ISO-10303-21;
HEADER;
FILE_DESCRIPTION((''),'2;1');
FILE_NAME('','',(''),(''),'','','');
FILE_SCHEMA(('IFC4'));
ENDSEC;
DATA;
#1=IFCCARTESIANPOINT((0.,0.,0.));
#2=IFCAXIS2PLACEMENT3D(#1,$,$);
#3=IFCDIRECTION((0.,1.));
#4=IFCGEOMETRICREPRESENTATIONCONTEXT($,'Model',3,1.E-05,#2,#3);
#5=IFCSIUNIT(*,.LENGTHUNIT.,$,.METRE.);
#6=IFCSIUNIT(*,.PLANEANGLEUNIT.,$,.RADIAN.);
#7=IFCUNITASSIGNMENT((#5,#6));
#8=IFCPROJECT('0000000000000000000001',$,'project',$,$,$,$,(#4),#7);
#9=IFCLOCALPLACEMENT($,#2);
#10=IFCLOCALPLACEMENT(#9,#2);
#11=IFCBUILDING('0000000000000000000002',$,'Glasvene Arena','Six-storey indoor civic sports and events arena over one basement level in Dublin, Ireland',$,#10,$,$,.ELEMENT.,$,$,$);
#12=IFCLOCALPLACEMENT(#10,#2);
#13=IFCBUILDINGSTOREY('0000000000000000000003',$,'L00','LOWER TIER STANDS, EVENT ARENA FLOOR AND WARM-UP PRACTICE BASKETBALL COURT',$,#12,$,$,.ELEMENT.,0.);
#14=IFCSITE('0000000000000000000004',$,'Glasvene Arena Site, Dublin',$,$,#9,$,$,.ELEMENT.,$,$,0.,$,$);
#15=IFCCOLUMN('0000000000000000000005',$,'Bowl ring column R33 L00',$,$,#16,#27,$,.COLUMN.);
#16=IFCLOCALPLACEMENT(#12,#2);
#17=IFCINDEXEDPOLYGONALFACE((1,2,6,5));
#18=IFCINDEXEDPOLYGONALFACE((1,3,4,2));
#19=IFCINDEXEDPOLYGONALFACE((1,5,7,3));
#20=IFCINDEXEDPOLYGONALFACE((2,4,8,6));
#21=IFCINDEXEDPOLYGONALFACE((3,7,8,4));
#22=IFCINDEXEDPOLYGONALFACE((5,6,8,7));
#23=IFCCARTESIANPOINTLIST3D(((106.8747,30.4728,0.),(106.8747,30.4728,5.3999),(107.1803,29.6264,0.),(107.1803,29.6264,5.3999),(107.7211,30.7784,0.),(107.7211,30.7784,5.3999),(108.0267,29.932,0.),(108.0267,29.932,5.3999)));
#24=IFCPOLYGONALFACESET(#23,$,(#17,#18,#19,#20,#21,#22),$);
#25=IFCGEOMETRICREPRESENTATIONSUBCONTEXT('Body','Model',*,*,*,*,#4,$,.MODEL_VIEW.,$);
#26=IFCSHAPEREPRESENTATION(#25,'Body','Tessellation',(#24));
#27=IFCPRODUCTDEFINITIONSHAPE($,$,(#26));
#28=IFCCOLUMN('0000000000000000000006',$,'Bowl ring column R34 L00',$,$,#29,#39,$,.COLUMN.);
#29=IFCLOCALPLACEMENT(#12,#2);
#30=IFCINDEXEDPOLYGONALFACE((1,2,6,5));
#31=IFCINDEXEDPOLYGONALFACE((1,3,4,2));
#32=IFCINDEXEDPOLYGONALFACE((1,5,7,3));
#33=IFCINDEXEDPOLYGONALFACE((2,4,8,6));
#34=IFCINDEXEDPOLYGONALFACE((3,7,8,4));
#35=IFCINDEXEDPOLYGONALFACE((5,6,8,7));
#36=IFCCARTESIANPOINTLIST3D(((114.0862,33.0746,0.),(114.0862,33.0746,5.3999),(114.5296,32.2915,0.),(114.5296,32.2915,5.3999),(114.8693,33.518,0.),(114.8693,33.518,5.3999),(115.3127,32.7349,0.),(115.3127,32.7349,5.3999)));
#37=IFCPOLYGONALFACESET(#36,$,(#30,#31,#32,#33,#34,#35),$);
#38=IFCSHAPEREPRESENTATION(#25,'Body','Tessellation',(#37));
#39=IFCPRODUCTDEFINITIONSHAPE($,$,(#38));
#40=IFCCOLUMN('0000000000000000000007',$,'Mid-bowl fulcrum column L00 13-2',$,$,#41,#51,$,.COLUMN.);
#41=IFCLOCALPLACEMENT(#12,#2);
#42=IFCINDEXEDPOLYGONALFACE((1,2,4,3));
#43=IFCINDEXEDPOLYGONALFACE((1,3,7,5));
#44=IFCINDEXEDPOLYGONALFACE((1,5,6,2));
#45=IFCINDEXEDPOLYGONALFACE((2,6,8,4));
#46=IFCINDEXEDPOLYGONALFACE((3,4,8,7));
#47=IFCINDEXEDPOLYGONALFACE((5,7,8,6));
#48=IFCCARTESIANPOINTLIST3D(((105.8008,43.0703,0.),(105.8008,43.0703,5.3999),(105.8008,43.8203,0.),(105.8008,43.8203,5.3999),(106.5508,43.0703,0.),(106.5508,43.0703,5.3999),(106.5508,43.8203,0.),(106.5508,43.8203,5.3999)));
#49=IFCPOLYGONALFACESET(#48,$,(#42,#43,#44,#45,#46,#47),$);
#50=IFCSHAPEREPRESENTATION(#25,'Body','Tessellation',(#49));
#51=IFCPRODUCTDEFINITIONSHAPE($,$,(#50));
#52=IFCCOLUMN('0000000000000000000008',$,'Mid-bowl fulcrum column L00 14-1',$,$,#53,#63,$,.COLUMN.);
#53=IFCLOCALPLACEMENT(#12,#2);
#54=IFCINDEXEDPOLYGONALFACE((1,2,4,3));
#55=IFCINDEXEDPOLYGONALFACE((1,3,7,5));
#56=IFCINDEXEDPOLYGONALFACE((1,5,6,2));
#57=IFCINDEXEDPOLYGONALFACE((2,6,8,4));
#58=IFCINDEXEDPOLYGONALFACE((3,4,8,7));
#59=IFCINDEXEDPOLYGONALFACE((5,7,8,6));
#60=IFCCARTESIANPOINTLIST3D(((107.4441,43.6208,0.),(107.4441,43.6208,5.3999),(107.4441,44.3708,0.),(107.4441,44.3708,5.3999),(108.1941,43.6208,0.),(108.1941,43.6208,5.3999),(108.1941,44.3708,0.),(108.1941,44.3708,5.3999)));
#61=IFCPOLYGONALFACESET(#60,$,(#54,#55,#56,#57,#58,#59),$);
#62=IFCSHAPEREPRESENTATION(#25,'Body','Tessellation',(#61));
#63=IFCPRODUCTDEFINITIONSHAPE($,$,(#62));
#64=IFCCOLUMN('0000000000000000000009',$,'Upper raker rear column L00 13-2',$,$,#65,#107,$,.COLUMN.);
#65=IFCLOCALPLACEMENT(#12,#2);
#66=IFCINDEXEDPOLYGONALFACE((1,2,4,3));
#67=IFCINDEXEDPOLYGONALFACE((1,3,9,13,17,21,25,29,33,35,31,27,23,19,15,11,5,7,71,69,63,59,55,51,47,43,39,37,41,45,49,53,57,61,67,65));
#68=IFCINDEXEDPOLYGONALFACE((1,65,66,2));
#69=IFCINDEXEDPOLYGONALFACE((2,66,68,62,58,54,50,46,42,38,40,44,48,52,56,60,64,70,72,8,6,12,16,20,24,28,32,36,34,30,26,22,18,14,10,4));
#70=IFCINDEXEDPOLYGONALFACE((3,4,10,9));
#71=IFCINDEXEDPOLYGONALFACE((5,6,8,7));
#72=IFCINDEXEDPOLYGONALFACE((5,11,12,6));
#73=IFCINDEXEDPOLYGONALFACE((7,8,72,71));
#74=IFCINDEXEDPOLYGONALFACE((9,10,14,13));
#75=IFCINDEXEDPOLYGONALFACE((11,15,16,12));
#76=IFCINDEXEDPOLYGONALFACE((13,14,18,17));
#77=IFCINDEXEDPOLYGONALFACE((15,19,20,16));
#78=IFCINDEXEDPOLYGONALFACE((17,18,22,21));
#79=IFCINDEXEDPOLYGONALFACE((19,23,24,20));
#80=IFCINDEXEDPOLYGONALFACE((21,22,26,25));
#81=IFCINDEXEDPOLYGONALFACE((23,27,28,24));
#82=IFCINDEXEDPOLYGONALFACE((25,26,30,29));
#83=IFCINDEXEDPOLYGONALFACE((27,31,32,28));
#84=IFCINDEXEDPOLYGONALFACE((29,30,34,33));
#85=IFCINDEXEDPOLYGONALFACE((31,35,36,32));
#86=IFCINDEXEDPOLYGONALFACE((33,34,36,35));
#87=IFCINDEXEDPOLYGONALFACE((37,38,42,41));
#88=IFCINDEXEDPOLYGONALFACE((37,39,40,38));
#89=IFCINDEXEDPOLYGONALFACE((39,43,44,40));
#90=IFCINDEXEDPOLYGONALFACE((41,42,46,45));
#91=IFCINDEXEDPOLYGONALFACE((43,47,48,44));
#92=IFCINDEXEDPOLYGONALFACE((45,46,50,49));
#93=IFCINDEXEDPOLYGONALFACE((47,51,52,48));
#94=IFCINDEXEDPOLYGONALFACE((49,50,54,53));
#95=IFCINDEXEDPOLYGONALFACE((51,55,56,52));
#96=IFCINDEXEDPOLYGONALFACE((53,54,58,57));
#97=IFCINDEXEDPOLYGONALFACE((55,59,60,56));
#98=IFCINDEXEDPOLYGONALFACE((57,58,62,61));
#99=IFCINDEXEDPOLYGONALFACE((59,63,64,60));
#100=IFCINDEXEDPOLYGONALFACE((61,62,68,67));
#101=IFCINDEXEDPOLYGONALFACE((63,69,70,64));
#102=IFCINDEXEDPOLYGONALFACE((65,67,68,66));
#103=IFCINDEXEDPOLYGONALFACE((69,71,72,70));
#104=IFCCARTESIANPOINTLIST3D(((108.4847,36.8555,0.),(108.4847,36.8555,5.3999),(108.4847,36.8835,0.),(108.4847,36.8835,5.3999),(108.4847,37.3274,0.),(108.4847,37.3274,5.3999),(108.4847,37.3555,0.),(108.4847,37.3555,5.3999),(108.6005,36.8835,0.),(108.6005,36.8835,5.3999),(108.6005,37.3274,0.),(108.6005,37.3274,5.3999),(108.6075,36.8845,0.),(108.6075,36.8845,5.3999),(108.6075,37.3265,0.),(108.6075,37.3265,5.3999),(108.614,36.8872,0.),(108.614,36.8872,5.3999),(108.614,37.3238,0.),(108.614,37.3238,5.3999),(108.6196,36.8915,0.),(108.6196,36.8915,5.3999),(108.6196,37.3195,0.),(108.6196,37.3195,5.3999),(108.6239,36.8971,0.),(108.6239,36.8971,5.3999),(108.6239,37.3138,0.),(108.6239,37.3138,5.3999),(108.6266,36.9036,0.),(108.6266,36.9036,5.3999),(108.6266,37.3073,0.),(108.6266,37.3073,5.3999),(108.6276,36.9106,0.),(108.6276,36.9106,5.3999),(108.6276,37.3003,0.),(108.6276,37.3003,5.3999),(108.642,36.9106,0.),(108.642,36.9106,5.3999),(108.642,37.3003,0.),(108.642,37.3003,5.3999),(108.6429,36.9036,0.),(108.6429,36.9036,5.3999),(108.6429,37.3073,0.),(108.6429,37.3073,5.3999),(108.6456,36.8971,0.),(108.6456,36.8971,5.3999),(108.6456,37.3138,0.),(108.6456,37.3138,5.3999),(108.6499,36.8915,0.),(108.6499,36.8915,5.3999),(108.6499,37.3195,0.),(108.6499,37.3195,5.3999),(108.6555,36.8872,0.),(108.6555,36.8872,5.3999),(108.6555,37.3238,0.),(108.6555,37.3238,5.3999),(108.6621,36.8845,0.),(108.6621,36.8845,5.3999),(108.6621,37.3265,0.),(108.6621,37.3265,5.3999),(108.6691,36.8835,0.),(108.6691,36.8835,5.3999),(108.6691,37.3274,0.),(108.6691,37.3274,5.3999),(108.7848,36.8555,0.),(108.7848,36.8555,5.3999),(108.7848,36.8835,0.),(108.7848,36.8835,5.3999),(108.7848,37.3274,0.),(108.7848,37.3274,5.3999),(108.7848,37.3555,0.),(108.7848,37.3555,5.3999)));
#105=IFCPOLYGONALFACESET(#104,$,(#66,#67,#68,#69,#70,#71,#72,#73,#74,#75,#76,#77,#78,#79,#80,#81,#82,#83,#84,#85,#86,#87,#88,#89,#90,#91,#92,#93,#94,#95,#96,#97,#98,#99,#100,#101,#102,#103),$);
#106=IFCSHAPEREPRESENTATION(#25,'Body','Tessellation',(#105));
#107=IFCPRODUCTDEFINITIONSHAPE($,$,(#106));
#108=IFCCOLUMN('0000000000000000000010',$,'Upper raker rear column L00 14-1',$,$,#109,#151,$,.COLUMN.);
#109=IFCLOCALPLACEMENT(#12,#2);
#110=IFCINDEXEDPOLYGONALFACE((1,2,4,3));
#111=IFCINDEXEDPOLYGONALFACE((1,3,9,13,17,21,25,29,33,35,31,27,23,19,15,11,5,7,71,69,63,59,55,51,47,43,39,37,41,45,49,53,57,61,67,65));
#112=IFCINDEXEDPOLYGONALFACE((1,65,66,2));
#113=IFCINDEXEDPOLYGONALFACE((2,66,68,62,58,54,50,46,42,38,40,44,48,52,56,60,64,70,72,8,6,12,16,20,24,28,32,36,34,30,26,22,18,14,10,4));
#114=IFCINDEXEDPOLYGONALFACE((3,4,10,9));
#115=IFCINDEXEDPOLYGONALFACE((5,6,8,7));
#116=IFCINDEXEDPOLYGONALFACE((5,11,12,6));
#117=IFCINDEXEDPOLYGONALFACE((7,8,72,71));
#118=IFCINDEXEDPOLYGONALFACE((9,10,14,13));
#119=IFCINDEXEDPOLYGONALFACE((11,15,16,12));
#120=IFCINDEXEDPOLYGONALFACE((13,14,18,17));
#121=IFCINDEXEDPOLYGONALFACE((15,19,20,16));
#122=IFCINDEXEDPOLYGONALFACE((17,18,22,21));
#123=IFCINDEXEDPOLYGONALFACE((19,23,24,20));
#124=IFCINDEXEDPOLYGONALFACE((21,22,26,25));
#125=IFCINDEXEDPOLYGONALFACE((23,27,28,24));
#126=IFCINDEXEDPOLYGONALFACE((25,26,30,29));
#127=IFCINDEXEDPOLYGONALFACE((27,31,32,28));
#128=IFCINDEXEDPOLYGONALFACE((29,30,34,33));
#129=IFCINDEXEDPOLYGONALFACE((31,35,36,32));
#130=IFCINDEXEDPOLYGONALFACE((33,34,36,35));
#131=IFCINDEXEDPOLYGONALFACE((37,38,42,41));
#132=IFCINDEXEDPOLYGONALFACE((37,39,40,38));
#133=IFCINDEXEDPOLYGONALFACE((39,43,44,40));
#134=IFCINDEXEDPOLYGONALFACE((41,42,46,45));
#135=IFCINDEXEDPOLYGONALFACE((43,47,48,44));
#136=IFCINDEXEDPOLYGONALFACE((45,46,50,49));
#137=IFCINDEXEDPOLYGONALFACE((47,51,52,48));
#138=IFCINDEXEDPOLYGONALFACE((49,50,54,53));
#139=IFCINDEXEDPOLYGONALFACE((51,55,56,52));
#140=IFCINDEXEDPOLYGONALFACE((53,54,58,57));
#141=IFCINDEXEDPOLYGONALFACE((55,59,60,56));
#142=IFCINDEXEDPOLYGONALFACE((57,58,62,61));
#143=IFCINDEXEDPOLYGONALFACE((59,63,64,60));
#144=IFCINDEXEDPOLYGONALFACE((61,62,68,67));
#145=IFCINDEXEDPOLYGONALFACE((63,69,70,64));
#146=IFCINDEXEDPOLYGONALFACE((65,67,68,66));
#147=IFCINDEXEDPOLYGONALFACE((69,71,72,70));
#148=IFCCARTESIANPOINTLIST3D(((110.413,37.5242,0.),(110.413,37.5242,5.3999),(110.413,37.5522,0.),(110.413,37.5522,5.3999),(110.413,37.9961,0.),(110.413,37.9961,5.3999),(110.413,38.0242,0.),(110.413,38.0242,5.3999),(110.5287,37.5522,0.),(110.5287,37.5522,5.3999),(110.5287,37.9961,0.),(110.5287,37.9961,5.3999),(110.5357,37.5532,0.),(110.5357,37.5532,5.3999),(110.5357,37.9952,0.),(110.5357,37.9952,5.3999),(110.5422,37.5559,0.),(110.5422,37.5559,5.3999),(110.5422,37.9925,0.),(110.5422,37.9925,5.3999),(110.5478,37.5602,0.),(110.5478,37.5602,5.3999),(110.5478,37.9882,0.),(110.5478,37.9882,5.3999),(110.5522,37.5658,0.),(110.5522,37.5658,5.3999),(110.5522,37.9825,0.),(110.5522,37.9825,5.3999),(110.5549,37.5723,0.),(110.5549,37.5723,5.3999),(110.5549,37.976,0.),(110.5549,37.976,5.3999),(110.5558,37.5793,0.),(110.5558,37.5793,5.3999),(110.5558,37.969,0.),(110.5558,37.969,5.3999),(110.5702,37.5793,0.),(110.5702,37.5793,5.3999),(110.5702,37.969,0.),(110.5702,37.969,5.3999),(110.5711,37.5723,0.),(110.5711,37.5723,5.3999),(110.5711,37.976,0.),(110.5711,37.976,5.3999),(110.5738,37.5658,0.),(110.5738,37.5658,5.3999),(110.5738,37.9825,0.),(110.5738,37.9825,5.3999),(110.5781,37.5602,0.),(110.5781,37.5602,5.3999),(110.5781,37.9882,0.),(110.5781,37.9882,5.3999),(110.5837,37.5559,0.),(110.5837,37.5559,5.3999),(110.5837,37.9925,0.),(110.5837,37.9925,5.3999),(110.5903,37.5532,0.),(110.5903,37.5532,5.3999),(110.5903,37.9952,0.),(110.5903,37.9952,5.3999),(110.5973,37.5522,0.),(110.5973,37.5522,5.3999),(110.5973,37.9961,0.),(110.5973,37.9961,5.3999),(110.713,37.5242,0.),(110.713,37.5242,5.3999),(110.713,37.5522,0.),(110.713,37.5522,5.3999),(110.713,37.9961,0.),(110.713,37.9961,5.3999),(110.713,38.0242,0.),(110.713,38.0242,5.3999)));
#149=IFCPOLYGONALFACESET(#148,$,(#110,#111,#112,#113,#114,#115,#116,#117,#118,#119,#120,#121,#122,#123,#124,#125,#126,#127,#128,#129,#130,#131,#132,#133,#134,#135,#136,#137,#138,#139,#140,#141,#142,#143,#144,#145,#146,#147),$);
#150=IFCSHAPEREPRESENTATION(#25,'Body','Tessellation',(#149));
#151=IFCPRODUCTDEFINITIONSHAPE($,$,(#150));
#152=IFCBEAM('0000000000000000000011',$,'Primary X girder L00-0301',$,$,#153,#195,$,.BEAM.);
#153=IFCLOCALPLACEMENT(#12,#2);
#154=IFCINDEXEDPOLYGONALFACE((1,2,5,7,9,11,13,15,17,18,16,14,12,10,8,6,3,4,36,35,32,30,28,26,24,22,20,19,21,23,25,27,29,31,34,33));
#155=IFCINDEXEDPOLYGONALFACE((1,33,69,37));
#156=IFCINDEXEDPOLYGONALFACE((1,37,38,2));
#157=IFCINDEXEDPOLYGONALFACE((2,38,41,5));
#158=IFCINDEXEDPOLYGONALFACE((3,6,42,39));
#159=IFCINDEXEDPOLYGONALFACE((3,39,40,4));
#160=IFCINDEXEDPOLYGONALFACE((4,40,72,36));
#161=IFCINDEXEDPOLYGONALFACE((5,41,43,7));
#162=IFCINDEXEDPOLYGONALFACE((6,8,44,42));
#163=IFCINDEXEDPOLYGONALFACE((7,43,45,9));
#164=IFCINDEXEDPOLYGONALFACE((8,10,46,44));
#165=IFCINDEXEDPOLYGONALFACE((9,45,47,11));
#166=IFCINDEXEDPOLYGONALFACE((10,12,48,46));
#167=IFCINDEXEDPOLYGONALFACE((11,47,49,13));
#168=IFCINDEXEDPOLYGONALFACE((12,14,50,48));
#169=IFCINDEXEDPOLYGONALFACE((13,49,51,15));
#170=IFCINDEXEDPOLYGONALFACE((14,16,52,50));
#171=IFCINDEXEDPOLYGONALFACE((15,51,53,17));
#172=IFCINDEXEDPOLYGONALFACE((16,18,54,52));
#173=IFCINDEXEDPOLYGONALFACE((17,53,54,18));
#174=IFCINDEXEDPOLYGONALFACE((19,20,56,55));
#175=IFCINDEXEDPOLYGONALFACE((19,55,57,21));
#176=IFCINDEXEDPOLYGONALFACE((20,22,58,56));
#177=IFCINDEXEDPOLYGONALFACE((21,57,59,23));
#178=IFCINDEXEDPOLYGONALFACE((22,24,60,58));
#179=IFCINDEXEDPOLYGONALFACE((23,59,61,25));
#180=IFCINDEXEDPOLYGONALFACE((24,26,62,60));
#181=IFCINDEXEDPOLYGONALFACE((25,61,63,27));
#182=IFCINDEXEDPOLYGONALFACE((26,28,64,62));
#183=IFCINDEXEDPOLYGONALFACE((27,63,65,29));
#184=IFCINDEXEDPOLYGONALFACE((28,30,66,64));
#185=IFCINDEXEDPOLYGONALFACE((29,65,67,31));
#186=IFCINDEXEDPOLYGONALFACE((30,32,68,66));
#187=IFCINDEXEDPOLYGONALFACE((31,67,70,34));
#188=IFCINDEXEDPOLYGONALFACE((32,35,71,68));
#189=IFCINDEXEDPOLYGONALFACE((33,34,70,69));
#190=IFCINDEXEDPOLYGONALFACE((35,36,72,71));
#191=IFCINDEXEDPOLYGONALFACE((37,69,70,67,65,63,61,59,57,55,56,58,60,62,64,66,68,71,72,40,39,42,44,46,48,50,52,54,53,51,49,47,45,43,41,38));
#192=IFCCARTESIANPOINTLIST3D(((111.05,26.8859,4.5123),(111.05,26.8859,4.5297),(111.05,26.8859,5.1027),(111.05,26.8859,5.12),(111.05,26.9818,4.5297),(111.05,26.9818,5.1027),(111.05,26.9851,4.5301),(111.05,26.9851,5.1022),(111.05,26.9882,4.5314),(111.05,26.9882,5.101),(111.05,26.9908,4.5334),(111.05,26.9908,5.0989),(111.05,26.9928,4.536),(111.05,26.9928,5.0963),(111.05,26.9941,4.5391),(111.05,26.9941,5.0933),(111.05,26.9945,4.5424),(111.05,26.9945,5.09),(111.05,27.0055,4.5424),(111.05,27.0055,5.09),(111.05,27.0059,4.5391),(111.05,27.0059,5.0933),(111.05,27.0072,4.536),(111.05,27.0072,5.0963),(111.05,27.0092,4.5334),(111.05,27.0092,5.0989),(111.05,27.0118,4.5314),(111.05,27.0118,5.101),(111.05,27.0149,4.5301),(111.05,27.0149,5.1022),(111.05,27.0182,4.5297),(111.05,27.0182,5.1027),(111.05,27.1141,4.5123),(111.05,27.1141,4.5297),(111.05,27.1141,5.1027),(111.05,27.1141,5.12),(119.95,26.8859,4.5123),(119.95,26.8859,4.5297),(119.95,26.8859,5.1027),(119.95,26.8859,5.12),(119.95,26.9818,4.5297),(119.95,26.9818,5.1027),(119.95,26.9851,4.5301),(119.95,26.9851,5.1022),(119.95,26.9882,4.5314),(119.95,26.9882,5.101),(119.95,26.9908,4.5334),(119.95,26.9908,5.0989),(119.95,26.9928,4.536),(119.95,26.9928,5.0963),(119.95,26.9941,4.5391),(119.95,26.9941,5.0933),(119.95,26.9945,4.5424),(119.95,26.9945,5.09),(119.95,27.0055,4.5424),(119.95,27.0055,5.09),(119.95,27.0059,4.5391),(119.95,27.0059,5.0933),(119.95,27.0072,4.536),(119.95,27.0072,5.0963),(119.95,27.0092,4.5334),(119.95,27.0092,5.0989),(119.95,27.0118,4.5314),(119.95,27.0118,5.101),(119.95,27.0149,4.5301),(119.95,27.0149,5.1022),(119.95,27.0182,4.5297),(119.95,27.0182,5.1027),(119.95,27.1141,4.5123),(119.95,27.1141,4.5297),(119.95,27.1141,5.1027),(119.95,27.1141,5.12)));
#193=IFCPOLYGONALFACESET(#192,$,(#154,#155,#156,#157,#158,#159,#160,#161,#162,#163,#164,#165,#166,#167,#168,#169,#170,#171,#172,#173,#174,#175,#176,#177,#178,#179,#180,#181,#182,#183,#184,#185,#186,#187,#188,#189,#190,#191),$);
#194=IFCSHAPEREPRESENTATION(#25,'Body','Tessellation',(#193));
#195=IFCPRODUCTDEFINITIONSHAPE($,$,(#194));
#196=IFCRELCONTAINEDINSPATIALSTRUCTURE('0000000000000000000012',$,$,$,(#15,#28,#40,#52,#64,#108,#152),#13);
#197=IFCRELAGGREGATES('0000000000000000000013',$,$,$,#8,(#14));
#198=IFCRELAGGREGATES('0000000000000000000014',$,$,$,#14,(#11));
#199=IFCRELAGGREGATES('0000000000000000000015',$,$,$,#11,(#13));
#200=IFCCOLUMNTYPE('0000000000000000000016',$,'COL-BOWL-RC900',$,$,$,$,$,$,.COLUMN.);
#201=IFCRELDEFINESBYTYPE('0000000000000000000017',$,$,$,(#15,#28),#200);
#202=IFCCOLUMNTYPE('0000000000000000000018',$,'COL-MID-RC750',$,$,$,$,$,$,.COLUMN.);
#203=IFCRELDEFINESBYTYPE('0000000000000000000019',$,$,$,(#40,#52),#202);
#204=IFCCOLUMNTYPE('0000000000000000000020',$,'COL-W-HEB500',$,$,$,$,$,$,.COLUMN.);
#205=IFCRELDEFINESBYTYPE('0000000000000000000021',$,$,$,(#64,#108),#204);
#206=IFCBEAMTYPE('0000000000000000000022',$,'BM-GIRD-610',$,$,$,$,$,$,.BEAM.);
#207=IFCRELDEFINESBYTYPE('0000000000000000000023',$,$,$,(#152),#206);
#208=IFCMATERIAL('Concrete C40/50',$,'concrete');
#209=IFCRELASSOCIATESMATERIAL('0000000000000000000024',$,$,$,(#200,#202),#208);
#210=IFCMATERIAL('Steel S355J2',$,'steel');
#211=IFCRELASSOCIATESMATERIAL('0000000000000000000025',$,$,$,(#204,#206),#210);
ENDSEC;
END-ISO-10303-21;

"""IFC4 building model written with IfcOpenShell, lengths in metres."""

from ifc_helpers import new_model, si_unit, direction, frame, origin, origin_2d, place, context, subcontext, project, spatial, rectangle, i_section, extrude, material, material_profile, profile_set, type_object, element, save


model = new_model("IFC4")

# Units and contexts
model_context = context("Model", 3, precision=1e-05, world=origin(), true_north=direction((0.0, 1.0)))
body_context = subcontext(model_context, "Body", "Model", "MODEL_VIEW")
ifc_project = project(units=[si_unit("LENGTHUNIT", "METRE"), si_unit("PLANEANGLEUNIT", "RADIAN")], contexts=[model_context])

# Site, building, storey
site_placement = place(None, origin())
site = spatial("IfcSite", under=ifc_project, at=site_placement, Name="Glasvene Arena Site, Dublin", CompositionType="ELEMENT", RefElevation=0.0)
building_placement = place(site_placement, origin())
building = spatial("IfcBuilding", under=site, at=building_placement, Name="Glasvene Arena", Description="Six-storey indoor civic sports and events arena over one basement level in Dublin, Ireland", CompositionType="ELEMENT")
storey_placement = place(building_placement, origin())
storey = spatial("IfcBuildingStorey", under=building, at=storey_placement, Name="L00", Description="LOWER TIER STANDS, EVENT ARENA FLOOR AND WARM-UP PRACTICE BASKETBALL COURT", CompositionType="ELEMENT", Elevation=0.0)

# Columns
ifc_material_1 = material(Name="Concrete C40/50", Category="concrete")
ifc_material_profile_1 = material_profile(ifc_material_1, rectangle(XDim=0.8999, YDim=0.8999, at=origin_2d()), Name="RC 900x900")
ifc_profile_set_1 = profile_set([ifc_material_profile_1], Name="Concrete C40/50")
column_type_1 = type_object("IfcColumnType", Name="COL-BOWL-RC900", PredefinedType="COLUMN", material=ifc_profile_set_1)
for number, where, z_axis, x_axis, name in (
    (1, (107.4507, 30.2024, 0.0), (0.0, 0.0, 1.0), (0.339559, -0.940585, 0.0), "Bowl ring column R33 L00"),
    (2, (114.6995, 32.9048, 0.0), (0.0, 0.0, 1.0), (0.492727, -0.870184, 0.0), "Bowl ring column R34 L00"),
):
    element("IfcColumn", number, at=place(storey_placement, frame(where, z_axis=z_axis, x_axis=x_axis)), inside=storey, type_object=column_type_1, Name=name, PredefinedType="COLUMN", context=body_context, shape_type="SweptSolid", body=[
        extrude(rectangle(XDim=0.8999, YDim=0.8999, at=origin_2d()), origin(), (0.0, 0.0, 1.0), 5.3999),
    ])
ifc_material_profile_2 = material_profile(ifc_material_1, rectangle(XDim=0.75, YDim=0.75, at=origin_2d()), Name="RC 750x750")
ifc_profile_set_2 = profile_set([ifc_material_profile_2], Name="Concrete C40/50")
column_type_2 = type_object("IfcColumnType", Name="COL-MID-RC750", PredefinedType="COLUMN", material=ifc_profile_set_2)
for number, where, z_axis, x_axis, name in (
    (3, (106.1758, 43.4453, 0.0), (0.0, 0.0, 1.0), (1.0, 0.0, 0.0), "Mid-bowl fulcrum column L00 13-2"),
    (4, (107.8191, 43.9958, 0.0), (0.0, 0.0, 1.0), (1.0, 0.0, 0.0), "Mid-bowl fulcrum column L00 14-1"),
):
    element("IfcColumn", number, at=place(storey_placement, frame(where, z_axis=z_axis, x_axis=x_axis)), inside=storey, type_object=column_type_2, Name=name, PredefinedType="COLUMN", context=body_context, shape_type="SweptSolid", body=[
        extrude(rectangle(XDim=0.75, YDim=0.75, at=origin_2d()), origin(), (0.0, 0.0, 1.0), 5.3999),
    ])
ifc_material_2 = material(Name="Steel S355J2", Category="steel")
ifc_material_profile_3 = material_profile(ifc_material_2, i_section(OverallWidth=0.3, OverallDepth=0.5, WebThickness=0.0144, FlangeThickness=0.0281, FilletRadius=0.0271, at=origin_2d()), Name="HEB 500")
ifc_profile_set_3 = profile_set([ifc_material_profile_3], Name="Steel S355J2")
column_type_3 = type_object("IfcColumnType", Name="COL-W-HEB500", PredefinedType="COLUMN", material=ifc_profile_set_3)
for number, where, z_axis, x_axis, name in (
    (5, (108.6348, 37.1055, 0.0), (0.0, 0.0, 1.0), (1.0, 0.0, 0.0), "Upper raker rear column L00 13-2"),
    (6, (110.563, 37.7742, 0.0), (0.0, 0.0, 1.0), (1.0, 0.0, 0.0), "Upper raker rear column L00 14-1"),
):
    element("IfcColumn", number, at=place(storey_placement, frame(where, z_axis=z_axis, x_axis=x_axis)), inside=storey, type_object=column_type_3, Name=name, PredefinedType="COLUMN", context=body_context, shape_type="SweptSolid", body=[
        extrude(i_section(OverallWidth=0.3, OverallDepth=0.5, WebThickness=0.0144, FlangeThickness=0.0281, FilletRadius=0.0271, at=origin_2d()), origin(), (0.0, 0.0, 1.0), 5.3999),
    ])

# Beam
ifc_material_profile_4 = material_profile(ifc_material_2, i_section(OverallWidth=0.2283, OverallDepth=0.6077, WebThickness=0.011, FlangeThickness=0.0173, FilletRadius=0.0127, at=origin_2d()), Name="UKB 610x229x113")
ifc_profile_set_4 = profile_set([ifc_material_profile_4], Name="Steel S355J2")
beam_type_1 = type_object("IfcBeamType", Name="BM-GIRD-610", PredefinedType="BEAM", material=ifc_profile_set_4)
beam_1_placement = place(storey_placement, frame((111.05, 27.0, 4.8162), z_axis=(1.0, 0.0, 0.0), x_axis=(0.0, 1.0, 0.0)))
element("IfcBeam", 7, at=beam_1_placement, inside=storey, type_object=beam_type_1, Name="Primary X girder L00-0301", PredefinedType="BEAM", context=body_context, shape_type="SweptSolid", body=[
    extrude(i_section(OverallWidth=0.2283, OverallDepth=0.6077, WebThickness=0.011, FlangeThickness=0.0173, FilletRadius=0.0127, at=origin_2d()), origin(), (0.0, 0.0, 1.0), 8.8999),
])

save(model, "model.ifc")
